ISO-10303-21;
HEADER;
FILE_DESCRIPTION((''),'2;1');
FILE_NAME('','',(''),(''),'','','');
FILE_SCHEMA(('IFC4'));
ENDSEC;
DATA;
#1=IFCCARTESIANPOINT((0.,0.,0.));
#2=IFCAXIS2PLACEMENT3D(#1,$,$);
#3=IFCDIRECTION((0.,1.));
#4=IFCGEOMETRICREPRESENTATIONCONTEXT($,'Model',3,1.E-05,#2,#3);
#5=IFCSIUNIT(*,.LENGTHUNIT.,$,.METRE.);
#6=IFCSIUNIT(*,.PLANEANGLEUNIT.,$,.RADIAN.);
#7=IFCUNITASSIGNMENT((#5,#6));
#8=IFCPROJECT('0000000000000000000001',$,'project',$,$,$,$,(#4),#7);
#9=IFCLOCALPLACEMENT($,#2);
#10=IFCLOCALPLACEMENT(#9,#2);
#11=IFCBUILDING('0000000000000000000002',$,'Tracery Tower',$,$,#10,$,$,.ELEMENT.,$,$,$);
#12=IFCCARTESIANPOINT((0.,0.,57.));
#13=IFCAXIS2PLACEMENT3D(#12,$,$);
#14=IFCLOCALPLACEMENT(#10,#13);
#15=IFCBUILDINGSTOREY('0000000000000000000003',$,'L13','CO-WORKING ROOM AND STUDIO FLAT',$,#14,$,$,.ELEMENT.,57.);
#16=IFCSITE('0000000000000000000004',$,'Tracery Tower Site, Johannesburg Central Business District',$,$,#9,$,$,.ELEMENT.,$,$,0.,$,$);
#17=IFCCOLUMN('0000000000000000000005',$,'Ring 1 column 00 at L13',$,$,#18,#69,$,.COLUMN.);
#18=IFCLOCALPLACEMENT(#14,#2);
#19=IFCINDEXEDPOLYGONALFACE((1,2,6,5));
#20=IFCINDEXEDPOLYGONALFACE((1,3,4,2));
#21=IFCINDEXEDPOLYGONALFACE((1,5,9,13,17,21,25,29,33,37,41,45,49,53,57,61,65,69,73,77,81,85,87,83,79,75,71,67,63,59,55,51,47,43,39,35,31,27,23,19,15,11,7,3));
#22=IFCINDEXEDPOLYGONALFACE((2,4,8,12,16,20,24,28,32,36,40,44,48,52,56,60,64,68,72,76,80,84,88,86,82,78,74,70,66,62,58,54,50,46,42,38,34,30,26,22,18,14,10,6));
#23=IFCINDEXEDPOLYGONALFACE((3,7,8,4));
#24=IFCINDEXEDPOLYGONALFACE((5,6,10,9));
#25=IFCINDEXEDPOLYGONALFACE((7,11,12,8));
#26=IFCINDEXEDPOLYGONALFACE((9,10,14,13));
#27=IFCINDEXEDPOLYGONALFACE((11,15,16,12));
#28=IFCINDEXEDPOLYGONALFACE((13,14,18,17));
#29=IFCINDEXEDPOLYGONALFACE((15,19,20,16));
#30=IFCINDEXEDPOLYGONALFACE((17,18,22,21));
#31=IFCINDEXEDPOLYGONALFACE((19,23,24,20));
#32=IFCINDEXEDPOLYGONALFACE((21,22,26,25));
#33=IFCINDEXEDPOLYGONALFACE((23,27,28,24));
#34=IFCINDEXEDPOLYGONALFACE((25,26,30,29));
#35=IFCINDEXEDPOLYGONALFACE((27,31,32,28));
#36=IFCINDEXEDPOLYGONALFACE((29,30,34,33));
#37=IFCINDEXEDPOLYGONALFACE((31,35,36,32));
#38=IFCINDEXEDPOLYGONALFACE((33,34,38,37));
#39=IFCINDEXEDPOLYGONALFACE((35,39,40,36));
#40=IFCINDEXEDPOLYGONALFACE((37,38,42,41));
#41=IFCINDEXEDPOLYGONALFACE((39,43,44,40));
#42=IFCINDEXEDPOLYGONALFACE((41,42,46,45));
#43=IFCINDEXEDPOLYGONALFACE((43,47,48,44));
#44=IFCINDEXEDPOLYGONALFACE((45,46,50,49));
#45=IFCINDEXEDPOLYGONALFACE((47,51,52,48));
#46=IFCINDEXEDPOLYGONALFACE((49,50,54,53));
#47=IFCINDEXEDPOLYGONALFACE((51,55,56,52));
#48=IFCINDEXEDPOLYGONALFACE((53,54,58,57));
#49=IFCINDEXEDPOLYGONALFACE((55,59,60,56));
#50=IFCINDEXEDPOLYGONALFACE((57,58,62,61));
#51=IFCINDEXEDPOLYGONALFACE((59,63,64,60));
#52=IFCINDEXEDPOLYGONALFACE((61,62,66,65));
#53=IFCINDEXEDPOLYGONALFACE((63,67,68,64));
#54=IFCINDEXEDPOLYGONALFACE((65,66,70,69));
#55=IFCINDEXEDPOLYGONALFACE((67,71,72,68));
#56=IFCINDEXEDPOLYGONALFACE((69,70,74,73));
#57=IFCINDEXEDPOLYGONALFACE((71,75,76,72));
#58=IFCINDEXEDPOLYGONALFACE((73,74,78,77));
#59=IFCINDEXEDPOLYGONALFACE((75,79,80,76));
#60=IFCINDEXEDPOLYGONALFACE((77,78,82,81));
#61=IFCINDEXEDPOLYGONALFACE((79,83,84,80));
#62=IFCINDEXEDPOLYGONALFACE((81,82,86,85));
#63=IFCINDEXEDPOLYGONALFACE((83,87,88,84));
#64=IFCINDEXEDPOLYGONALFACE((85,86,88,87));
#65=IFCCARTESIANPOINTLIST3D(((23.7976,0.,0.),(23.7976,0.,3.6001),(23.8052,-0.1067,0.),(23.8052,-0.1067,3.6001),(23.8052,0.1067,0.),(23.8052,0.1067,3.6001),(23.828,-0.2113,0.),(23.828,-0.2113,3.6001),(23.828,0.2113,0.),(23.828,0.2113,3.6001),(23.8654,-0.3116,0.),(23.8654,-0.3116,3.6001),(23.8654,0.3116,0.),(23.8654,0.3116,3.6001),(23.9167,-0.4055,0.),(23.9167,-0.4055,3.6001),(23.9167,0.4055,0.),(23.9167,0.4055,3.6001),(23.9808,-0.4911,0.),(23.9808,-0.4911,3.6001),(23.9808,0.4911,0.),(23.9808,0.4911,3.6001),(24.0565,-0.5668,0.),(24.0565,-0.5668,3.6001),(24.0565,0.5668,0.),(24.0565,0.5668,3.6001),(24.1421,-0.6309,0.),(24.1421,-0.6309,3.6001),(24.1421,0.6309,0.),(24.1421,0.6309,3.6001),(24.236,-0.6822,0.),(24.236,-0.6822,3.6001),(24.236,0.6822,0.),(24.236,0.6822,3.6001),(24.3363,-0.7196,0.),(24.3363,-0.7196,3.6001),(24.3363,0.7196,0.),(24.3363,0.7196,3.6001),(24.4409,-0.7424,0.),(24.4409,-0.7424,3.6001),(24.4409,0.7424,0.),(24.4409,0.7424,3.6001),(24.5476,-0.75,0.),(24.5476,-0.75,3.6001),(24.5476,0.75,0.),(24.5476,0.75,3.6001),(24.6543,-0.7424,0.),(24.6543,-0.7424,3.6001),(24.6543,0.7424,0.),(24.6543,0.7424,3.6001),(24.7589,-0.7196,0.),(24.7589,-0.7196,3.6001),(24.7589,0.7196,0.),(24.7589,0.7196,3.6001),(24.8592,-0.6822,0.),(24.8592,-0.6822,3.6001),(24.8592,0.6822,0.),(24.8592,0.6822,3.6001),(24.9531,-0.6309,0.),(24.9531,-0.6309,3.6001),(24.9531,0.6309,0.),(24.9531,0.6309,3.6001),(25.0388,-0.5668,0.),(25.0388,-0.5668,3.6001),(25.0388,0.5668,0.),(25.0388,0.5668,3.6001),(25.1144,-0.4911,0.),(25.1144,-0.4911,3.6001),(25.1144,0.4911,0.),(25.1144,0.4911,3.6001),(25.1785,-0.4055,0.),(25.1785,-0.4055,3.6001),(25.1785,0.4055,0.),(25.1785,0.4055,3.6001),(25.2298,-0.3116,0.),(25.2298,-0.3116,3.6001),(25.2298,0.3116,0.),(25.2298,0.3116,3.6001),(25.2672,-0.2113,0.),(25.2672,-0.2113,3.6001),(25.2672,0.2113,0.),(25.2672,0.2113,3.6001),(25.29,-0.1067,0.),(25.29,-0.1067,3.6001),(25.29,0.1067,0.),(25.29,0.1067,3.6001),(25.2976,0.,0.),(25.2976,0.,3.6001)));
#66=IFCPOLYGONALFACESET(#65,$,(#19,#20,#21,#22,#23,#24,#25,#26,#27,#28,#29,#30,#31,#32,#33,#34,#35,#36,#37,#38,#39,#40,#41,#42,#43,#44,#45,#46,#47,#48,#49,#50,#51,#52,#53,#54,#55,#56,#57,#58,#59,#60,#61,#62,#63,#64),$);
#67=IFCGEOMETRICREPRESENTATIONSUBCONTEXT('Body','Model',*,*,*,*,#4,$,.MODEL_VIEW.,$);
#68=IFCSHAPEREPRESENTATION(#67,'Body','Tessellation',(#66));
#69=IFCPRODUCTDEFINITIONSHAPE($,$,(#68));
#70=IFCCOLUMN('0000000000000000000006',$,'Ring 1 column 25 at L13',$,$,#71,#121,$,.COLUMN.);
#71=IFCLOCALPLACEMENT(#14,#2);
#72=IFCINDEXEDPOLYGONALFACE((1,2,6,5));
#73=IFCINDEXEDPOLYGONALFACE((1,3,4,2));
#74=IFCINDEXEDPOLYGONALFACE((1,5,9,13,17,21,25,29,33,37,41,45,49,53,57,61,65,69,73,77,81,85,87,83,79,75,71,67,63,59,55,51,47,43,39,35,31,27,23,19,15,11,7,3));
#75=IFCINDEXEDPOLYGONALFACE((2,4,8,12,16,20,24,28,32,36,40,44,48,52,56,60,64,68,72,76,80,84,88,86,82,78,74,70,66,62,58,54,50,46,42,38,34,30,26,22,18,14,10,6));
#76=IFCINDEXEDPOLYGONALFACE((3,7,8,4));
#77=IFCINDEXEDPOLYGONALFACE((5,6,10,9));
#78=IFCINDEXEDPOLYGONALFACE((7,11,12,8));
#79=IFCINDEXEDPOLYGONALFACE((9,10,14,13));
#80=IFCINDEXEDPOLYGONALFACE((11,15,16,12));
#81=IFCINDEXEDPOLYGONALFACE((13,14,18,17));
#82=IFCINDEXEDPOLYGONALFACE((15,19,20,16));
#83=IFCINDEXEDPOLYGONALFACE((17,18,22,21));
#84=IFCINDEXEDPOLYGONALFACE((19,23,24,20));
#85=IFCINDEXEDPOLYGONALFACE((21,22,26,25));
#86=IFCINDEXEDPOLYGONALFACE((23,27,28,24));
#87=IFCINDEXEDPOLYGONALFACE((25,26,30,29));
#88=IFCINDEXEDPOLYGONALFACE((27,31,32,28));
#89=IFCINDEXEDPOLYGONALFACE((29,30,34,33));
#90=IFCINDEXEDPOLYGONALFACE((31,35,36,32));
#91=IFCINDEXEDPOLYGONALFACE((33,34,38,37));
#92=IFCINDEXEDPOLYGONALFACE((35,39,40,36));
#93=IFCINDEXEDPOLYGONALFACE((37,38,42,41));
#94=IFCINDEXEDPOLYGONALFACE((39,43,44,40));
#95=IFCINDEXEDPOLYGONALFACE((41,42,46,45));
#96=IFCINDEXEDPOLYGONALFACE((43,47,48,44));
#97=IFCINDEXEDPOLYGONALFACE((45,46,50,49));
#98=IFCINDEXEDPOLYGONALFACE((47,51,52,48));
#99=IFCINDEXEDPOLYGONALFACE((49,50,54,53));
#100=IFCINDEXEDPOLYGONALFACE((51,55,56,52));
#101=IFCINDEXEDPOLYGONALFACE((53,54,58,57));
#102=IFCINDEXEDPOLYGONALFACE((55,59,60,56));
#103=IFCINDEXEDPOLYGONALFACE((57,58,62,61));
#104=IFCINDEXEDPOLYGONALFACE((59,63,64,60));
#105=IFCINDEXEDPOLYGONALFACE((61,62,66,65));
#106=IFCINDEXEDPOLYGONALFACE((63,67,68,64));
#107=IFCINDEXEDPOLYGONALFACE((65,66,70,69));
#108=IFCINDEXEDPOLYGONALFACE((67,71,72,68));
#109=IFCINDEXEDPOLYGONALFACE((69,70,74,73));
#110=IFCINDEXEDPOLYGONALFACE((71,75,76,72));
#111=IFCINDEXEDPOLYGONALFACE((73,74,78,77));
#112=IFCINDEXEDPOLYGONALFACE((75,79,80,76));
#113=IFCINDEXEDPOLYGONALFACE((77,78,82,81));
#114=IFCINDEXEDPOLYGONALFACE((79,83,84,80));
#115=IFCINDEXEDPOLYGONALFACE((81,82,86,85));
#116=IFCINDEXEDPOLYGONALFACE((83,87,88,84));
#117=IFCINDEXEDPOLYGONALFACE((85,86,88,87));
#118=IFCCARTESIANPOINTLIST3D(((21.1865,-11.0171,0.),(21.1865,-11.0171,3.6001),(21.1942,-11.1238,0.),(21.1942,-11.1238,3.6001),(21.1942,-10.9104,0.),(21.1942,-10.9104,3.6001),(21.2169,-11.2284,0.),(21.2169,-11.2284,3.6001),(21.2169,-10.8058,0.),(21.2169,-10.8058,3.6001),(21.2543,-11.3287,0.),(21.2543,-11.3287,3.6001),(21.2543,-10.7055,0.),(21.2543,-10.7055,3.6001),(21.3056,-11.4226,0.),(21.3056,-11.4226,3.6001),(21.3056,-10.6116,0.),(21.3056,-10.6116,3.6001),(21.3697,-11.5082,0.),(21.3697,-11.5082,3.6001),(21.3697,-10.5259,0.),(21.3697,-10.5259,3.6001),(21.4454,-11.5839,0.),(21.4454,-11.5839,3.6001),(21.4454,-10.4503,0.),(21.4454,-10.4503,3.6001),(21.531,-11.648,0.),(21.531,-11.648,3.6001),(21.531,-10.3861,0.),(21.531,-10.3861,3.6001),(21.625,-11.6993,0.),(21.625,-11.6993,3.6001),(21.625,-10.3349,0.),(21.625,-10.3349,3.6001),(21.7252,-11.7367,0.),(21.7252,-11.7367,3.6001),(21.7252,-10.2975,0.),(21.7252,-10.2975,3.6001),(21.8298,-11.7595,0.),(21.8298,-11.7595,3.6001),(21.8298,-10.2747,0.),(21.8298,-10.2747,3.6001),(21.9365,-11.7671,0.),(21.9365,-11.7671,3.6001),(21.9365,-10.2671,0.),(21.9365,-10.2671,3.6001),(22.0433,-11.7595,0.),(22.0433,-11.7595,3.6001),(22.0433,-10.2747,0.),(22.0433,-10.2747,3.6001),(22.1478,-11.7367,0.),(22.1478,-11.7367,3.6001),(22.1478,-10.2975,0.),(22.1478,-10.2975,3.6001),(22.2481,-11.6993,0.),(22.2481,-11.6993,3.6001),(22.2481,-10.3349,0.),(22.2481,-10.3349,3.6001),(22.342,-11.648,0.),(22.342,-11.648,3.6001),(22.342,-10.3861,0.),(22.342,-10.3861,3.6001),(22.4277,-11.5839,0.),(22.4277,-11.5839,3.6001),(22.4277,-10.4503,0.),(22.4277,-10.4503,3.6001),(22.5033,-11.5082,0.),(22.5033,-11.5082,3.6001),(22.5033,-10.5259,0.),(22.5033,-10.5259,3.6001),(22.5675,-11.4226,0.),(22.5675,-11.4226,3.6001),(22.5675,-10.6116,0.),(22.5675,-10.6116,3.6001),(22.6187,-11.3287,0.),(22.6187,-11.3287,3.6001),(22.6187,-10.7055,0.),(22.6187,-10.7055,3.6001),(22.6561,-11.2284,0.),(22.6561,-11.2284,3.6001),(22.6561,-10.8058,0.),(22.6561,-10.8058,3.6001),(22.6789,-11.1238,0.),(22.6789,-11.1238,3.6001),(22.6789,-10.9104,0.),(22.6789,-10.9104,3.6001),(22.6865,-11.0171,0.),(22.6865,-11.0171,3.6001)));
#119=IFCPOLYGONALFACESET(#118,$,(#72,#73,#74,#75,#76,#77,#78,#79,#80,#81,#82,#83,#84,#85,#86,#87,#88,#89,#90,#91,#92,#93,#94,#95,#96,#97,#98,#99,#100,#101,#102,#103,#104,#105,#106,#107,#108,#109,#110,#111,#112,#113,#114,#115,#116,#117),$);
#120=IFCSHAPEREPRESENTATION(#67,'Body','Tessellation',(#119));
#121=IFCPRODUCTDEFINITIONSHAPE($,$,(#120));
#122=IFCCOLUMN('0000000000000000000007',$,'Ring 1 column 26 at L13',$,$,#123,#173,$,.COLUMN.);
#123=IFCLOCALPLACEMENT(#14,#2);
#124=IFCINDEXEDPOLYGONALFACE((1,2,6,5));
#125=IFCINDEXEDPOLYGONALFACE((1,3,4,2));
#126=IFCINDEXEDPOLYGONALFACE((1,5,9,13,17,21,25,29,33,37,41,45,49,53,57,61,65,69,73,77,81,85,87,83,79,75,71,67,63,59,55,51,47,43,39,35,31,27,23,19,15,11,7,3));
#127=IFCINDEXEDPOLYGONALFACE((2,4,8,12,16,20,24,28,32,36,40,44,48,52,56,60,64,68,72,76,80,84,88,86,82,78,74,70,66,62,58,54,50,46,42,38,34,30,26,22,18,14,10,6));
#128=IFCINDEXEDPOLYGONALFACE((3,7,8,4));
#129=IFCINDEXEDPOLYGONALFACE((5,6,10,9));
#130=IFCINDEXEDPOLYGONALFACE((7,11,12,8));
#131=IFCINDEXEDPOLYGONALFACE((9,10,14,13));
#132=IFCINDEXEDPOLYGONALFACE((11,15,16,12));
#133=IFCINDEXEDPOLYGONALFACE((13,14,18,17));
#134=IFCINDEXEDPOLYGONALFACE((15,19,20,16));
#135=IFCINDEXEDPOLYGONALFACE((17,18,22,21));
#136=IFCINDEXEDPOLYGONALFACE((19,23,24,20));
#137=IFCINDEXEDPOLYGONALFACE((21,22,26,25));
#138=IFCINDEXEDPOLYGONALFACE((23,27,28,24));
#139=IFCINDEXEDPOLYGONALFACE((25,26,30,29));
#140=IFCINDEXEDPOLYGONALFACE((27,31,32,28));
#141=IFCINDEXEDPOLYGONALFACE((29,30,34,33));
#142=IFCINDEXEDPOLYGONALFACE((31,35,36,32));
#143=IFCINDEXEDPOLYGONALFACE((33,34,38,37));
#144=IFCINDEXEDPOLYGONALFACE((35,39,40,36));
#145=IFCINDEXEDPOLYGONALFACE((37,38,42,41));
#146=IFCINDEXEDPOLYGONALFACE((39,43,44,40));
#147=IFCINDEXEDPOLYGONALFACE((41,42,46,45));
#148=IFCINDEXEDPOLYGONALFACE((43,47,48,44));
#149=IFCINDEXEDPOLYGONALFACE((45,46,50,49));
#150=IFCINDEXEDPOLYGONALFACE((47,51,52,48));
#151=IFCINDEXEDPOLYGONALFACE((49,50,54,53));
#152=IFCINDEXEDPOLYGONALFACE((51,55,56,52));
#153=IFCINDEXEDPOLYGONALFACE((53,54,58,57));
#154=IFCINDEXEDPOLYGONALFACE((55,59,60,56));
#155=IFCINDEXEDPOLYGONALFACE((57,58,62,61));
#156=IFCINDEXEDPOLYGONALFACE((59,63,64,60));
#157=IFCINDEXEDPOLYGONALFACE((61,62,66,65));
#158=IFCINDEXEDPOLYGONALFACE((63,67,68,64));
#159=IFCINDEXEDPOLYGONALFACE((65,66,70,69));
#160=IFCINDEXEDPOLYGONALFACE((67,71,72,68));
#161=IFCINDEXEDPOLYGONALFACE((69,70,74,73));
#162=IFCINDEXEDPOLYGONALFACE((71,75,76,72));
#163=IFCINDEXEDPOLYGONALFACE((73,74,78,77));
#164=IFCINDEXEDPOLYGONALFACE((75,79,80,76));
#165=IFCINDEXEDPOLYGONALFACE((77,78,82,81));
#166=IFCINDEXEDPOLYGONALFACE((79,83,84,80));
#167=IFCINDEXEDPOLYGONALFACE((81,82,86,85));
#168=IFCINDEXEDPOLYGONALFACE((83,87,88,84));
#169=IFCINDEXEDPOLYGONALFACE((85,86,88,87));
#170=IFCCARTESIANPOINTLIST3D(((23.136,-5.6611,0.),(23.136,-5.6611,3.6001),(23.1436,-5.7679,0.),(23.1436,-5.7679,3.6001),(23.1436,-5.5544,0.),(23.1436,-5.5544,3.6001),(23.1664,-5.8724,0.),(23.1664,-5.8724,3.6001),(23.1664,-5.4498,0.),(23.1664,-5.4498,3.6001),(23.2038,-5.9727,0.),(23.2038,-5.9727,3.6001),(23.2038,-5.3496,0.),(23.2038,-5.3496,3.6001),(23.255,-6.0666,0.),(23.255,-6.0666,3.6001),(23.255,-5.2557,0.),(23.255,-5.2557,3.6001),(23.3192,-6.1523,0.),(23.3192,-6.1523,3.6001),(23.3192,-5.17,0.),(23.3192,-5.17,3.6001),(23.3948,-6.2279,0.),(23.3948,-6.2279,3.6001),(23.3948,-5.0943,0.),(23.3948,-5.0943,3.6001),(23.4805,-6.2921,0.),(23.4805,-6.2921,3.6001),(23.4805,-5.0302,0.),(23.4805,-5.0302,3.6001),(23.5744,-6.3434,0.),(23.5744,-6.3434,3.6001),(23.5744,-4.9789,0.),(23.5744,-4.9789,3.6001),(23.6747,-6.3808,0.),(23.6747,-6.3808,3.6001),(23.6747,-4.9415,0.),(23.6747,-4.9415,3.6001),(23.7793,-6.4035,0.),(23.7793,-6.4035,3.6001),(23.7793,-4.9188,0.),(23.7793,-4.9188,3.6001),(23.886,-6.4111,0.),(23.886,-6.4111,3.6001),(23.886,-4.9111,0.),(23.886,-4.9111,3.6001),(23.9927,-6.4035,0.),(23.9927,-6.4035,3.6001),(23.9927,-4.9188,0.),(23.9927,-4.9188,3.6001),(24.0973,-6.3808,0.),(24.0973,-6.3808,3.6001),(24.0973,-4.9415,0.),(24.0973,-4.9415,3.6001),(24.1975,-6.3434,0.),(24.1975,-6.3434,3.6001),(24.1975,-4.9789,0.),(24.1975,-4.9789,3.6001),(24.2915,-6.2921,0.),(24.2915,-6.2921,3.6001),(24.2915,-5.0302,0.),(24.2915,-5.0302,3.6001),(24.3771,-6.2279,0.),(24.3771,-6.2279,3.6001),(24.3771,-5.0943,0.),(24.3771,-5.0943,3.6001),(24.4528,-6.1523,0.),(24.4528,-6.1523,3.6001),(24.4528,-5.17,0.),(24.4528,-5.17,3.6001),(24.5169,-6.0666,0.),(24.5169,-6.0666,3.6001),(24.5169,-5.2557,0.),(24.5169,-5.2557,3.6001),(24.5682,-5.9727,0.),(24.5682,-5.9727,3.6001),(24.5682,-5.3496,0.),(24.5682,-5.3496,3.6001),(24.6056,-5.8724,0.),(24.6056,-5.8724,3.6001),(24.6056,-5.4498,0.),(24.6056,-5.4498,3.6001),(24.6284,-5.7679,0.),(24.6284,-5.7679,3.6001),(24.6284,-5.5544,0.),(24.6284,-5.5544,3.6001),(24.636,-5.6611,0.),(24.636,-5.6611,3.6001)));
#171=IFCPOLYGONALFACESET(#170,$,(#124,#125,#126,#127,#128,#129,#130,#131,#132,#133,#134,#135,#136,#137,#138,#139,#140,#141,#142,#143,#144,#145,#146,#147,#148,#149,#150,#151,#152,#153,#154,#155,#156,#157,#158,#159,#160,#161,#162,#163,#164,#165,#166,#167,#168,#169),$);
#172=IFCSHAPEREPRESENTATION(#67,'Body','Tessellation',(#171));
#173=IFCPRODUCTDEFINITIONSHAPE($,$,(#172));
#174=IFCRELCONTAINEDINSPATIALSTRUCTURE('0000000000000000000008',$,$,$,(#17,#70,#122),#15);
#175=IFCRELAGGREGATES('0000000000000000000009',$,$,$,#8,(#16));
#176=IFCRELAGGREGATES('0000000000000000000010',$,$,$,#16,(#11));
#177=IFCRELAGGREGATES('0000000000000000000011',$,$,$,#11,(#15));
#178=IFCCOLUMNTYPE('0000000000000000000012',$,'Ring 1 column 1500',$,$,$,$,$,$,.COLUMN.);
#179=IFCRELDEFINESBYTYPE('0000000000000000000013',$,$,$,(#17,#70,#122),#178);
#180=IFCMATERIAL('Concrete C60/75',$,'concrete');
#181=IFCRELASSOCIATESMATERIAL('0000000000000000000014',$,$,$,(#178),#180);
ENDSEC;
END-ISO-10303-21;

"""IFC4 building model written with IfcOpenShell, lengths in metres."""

from ifc_helpers import new_model, si_unit, direction, frame, origin, origin_2d, place, context, subcontext, project, spatial, circle, extrude, material, material_profile, profile_set, type_object, element, save


model = new_model("IFC4")

# Units and contexts
model_context = context("Model", 3, precision=1e-05, world=origin(), true_north=direction((0.0, 1.0)))
body_context = subcontext(model_context, "Body", "Model", "MODEL_VIEW")
ifc_project = project(units=[si_unit("LENGTHUNIT", "METRE"), si_unit("PLANEANGLEUNIT", "RADIAN")], contexts=[model_context])

# Site, building, storey
site_placement = place(None, origin())
site = spatial("IfcSite", under=ifc_project, at=site_placement, Name="Tracery Tower Site, Johannesburg Central Business District", CompositionType="ELEMENT", RefElevation=0.0)
building_placement = place(site_placement, origin())
building = spatial("IfcBuilding", under=site, at=building_placement, Name="Tracery Tower", CompositionType="ELEMENT")
storey_placement = place(building_placement, frame((0.0, 0.0, 57.0)))
storey = spatial("IfcBuildingStorey", under=building, at=storey_placement, Name="L13", Description="CO-WORKING ROOM AND STUDIO FLAT", CompositionType="ELEMENT", Elevation=57.0)

# Columns
ifc_material_1 = material(Name="Concrete C60/75", Category="concrete")
ifc_material_profile_1 = material_profile(ifc_material_1, circle(Radius=0.75, at=origin_2d()), Name="RC D1500")
ifc_profile_set_1 = profile_set([ifc_material_profile_1], Name="Concrete C60/75")
column_type_1 = type_object("IfcColumnType", Name="Ring 1 column 1500", PredefinedType="COLUMN", material=ifc_profile_set_1)
for number, where, z_axis, x_axis, name in (
    (1, (24.5476, 0.0, 0.0), (0.0, 0.0, 1.0), (1.0, 0.0, 0.0), "Ring 1 column 00 at L13"),
    (2, (21.9365, -11.0171, 0.0), (0.0, 0.0, 1.0), (1.0, 0.0, 0.0), "Ring 1 column 25 at L13"),
    (3, (23.886, -5.6611, 0.0), (0.0, 0.0, 1.0), (1.0, 0.0, 0.0), "Ring 1 column 26 at L13"),
):
    element("IfcColumn", number, at=place(storey_placement, frame(where, z_axis=z_axis, x_axis=x_axis)), inside=storey, type_object=column_type_1, Name=name, PredefinedType="COLUMN", context=body_context, shape_type="SweptSolid", body=[
        extrude(circle(Radius=0.75, at=origin_2d()), origin(), (0.0, 0.0, 1.0), 3.6001),
    ])

save(model, "model.ifc")
